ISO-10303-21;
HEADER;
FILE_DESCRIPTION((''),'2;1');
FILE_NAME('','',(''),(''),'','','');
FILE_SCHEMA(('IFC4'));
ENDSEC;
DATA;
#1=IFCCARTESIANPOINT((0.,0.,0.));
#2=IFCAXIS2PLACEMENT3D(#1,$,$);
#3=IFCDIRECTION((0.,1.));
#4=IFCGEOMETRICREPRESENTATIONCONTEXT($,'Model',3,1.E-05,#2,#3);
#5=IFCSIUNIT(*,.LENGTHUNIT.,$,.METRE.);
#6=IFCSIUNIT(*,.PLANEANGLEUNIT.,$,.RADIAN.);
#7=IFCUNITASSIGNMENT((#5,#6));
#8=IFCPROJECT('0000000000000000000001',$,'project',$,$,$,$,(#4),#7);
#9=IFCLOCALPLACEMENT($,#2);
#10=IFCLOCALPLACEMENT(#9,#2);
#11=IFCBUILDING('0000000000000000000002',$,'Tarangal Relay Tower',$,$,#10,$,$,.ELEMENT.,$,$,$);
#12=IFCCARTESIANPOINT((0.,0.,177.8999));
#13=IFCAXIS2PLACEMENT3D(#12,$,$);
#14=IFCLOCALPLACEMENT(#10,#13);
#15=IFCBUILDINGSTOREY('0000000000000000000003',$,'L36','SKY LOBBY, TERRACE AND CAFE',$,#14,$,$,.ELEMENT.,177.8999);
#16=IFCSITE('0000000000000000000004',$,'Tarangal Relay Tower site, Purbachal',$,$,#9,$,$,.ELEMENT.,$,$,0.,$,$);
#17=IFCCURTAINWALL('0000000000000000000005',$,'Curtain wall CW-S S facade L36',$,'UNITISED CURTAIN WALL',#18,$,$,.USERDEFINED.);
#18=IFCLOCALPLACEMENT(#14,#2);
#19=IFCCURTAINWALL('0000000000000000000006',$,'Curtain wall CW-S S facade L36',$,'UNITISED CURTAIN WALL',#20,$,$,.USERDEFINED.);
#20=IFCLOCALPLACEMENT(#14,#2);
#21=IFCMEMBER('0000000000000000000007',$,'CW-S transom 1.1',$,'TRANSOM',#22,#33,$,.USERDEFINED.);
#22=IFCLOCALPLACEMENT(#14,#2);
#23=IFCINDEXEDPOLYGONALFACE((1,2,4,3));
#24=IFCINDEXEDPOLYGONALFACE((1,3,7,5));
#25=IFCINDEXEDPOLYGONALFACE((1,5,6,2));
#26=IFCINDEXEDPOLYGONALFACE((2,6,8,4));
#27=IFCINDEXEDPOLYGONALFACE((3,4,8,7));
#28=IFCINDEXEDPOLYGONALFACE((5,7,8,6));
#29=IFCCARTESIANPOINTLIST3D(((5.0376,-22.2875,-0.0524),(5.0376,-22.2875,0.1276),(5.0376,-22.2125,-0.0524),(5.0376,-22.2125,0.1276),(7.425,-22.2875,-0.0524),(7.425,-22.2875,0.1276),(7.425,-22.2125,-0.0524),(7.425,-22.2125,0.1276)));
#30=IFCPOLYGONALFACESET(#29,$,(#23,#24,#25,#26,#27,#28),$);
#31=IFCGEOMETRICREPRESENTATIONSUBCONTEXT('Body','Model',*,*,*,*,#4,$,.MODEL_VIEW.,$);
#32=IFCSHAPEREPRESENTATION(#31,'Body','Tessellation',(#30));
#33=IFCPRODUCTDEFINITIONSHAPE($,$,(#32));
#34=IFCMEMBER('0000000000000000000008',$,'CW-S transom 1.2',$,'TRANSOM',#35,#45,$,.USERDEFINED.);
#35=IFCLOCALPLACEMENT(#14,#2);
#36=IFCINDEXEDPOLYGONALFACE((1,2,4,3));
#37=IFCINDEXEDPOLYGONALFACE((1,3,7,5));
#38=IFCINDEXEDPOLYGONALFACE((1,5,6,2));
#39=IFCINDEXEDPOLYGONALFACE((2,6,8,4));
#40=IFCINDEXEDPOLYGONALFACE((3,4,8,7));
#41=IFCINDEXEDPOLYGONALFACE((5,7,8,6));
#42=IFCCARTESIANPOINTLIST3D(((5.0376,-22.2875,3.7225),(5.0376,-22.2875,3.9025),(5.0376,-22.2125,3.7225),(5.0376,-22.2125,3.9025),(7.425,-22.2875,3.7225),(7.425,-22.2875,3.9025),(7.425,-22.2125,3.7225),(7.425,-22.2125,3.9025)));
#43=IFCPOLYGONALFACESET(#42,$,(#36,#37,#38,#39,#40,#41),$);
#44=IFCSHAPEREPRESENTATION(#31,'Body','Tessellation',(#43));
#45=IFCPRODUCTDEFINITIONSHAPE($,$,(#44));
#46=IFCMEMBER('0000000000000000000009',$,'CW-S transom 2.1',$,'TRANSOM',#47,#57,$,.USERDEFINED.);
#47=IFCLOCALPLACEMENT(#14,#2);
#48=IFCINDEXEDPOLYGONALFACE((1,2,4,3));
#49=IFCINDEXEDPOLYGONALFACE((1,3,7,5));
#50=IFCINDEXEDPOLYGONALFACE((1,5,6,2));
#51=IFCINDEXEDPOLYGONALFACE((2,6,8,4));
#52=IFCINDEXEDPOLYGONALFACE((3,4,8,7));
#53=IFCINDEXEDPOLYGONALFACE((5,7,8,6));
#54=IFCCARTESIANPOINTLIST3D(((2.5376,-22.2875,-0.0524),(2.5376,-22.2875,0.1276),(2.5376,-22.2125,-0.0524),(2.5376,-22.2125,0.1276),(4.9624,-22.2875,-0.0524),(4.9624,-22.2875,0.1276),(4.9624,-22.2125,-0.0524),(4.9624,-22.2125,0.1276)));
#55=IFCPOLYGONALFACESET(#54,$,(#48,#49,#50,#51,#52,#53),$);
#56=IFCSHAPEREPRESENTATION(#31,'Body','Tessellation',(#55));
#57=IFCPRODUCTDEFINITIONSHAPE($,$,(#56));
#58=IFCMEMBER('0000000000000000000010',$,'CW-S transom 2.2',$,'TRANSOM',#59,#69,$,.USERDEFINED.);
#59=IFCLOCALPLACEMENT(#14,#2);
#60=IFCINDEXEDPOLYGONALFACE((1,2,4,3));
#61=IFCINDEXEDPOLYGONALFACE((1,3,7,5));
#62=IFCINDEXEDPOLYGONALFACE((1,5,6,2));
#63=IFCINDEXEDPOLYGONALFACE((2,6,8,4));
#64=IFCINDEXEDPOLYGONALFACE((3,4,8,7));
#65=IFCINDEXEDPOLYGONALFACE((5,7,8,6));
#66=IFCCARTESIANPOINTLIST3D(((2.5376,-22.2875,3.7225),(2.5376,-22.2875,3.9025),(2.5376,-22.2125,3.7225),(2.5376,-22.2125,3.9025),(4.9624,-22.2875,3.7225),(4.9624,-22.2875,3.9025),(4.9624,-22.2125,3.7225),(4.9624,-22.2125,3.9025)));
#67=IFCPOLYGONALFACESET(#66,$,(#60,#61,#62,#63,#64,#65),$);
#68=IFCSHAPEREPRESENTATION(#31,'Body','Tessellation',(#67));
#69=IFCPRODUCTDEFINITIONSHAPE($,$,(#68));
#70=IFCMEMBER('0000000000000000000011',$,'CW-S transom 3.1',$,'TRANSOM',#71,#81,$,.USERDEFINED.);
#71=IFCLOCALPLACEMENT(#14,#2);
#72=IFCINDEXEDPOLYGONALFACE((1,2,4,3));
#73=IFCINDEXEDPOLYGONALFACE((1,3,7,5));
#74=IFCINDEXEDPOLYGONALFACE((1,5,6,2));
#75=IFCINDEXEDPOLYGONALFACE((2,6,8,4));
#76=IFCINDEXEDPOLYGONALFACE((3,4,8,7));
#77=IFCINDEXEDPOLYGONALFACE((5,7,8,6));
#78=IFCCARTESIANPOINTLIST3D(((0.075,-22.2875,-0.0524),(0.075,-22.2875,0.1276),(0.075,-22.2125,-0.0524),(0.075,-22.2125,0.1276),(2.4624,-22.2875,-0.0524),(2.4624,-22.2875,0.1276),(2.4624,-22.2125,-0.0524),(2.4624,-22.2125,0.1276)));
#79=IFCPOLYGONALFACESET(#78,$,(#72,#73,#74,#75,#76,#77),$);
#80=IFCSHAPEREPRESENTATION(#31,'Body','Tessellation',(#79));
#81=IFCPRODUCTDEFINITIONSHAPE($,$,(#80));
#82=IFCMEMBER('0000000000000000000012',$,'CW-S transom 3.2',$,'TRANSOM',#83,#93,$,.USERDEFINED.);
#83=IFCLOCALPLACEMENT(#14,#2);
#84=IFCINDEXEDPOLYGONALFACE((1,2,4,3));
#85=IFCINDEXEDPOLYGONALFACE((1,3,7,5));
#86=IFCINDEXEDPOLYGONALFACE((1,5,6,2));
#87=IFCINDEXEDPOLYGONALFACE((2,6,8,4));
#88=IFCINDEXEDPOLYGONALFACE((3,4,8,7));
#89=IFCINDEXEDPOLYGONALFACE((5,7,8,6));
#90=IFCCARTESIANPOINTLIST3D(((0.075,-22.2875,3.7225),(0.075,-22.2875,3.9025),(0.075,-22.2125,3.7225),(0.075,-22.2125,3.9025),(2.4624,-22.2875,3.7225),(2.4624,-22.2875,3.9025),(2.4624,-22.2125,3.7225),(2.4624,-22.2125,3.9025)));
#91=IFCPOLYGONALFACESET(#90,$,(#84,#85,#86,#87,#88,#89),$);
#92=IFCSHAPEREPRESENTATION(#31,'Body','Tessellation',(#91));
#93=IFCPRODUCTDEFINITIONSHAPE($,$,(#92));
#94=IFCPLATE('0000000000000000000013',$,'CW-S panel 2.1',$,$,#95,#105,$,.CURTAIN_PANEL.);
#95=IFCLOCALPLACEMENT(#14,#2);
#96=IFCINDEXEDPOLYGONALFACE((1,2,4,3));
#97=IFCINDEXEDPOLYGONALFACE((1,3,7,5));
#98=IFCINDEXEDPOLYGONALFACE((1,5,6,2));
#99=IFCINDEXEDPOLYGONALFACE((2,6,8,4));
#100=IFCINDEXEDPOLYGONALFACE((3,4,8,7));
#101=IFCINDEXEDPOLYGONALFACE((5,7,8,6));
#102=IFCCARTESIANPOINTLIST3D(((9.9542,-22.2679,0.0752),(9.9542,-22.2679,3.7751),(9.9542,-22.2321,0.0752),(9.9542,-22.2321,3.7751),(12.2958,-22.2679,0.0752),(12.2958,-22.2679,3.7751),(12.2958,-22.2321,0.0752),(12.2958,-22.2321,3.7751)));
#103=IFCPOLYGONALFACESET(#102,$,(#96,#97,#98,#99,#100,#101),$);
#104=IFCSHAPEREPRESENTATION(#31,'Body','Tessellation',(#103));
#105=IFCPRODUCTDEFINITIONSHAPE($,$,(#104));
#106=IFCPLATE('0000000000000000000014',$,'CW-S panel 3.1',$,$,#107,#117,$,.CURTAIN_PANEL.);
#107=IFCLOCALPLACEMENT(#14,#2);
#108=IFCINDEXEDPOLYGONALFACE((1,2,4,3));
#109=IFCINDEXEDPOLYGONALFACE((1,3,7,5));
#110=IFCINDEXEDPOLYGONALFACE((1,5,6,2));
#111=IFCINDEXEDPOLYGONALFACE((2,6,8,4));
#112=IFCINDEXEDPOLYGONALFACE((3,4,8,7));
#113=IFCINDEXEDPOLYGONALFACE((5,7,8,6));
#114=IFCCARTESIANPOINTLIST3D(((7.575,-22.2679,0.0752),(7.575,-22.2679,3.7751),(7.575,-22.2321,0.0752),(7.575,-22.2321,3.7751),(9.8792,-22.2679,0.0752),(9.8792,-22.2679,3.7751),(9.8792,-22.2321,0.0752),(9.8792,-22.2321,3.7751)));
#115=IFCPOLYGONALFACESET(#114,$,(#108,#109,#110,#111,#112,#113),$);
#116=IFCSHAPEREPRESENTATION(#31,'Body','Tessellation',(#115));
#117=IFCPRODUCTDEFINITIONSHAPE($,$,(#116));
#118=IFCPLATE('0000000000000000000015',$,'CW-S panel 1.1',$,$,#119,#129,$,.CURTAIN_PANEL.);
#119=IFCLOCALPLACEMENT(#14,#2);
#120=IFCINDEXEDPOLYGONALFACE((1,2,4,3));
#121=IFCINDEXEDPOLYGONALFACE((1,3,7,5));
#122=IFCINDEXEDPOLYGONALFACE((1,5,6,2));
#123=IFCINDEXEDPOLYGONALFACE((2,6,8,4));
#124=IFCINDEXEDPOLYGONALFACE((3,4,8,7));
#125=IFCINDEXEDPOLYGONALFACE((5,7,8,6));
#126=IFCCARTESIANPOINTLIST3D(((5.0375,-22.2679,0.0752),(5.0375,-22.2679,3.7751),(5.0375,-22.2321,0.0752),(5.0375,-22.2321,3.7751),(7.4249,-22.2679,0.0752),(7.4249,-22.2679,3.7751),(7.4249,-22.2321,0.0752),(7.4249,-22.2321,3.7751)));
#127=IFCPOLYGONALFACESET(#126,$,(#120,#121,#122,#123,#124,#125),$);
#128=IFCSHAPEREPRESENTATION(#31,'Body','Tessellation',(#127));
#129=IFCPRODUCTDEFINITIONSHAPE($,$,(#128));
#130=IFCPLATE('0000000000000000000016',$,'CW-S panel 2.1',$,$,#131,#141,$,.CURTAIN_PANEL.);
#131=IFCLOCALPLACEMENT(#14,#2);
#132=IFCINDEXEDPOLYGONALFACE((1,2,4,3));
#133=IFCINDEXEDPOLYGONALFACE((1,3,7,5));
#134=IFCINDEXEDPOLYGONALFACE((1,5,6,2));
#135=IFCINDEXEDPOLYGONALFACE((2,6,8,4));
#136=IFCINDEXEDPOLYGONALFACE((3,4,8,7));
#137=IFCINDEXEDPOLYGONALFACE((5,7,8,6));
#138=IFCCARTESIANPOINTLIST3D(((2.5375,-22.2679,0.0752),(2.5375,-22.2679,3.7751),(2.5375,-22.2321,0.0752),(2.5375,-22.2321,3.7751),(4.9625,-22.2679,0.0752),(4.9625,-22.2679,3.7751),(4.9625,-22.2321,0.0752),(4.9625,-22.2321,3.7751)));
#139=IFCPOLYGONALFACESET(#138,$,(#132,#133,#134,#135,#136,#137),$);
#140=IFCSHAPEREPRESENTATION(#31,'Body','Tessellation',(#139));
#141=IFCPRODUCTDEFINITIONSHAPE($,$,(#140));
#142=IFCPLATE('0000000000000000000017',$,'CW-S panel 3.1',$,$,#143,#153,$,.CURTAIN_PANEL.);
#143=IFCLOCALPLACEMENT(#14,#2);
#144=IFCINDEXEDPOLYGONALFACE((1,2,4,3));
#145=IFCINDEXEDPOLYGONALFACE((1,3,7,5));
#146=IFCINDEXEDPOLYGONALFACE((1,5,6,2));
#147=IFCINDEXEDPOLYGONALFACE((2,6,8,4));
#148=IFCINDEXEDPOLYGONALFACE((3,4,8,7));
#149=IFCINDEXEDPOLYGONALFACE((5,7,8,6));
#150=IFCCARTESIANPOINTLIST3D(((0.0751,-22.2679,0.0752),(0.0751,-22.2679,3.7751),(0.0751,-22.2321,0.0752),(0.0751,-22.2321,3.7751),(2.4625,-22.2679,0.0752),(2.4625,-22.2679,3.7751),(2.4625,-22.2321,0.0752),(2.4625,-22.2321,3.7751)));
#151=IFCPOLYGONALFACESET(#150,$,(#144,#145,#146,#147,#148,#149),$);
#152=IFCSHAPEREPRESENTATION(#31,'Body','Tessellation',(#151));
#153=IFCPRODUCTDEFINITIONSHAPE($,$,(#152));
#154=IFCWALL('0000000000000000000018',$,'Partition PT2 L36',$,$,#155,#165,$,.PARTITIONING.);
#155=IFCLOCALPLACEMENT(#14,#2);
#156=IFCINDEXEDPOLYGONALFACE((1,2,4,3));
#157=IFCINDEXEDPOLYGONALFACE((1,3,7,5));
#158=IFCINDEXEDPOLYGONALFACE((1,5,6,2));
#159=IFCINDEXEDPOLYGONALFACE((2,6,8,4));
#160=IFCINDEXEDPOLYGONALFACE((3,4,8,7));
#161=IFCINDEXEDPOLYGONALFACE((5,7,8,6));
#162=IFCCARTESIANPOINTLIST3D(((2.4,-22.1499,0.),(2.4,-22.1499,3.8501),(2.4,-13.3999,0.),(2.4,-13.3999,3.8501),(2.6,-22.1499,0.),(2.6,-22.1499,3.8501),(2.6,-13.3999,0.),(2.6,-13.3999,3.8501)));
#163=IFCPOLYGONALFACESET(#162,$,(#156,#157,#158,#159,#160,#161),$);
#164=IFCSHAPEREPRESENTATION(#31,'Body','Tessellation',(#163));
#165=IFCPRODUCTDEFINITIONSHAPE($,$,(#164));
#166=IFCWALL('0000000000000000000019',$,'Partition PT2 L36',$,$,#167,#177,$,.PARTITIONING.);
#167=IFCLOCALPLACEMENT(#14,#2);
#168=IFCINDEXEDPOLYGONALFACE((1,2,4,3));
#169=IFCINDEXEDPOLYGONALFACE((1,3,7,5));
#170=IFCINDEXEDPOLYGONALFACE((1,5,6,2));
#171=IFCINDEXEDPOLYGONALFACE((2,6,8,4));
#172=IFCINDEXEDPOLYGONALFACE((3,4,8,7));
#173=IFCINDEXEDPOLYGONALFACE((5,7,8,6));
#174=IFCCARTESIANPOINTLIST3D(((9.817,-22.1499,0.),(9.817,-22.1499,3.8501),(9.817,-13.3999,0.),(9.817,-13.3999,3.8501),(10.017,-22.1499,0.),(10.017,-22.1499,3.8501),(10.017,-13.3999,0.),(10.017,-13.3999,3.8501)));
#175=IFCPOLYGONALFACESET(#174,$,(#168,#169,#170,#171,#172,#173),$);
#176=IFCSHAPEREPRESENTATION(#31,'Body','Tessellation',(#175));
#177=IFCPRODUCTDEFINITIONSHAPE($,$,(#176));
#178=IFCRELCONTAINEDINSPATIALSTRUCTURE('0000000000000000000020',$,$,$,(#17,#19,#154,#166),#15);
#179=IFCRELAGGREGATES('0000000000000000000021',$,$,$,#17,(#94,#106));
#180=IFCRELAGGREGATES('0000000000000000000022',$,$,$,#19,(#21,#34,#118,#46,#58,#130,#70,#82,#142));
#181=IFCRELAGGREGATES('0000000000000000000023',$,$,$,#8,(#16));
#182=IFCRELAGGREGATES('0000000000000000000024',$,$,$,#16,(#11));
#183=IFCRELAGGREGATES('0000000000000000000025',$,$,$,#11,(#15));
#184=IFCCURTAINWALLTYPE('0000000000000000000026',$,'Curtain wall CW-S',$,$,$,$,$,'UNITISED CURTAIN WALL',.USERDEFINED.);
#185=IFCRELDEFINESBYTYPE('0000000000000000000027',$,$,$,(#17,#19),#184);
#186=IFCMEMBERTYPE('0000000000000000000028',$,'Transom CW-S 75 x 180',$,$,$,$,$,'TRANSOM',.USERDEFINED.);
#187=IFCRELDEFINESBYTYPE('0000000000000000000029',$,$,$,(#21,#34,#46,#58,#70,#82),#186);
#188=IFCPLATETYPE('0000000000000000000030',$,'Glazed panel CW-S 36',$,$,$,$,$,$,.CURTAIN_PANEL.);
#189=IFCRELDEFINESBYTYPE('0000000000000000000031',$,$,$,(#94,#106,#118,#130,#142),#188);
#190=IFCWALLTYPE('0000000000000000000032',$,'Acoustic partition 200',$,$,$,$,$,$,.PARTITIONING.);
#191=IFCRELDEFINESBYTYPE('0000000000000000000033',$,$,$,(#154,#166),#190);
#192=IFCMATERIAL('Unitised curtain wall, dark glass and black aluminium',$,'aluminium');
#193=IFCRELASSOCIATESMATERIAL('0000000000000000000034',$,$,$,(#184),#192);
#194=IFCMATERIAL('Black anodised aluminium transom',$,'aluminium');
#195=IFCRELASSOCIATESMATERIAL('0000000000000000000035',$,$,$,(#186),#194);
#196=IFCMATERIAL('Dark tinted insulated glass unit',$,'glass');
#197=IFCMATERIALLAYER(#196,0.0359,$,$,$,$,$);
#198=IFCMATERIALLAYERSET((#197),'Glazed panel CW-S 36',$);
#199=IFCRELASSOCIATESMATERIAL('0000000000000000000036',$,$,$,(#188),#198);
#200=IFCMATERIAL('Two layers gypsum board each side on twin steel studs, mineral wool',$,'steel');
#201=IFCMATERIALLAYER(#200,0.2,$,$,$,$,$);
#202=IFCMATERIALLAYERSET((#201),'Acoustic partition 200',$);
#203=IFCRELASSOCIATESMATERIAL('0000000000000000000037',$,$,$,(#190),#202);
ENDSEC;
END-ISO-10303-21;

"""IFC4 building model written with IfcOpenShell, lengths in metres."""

from ifc_helpers import new_model, si_unit, direction, frame, frame_2d, origin, origin_2d, place, context, subcontext, project, spatial, rectangle, extrude, material, layer, layer_set, material_profile, profile_set, type_object, element, aggregate, save


model = new_model("IFC4")

# Units and contexts
model_context = context("Model", 3, precision=1e-05, world=origin(), true_north=direction((0.0, 1.0)))
body_context = subcontext(model_context, "Body", "Model", "MODEL_VIEW")
ifc_project = project(units=[si_unit("LENGTHUNIT", "METRE"), si_unit("PLANEANGLEUNIT", "RADIAN")], contexts=[model_context])

# Site, building, storey
site_placement = place(None, origin())
site = spatial("IfcSite", under=ifc_project, at=site_placement, Name="Tarangal Relay Tower site, Purbachal", CompositionType="ELEMENT", RefElevation=0.0)
building_placement = place(site_placement, origin())
building = spatial("IfcBuilding", under=site, at=building_placement, Name="Tarangal Relay Tower", CompositionType="ELEMENT")
storey_placement = place(building_placement, frame((0.0, 0.0, 177.8999)))
storey = spatial("IfcBuildingStorey", under=building, at=storey_placement, Name="L36", Description="SKY LOBBY, TERRACE AND CAFE", CompositionType="ELEMENT", Elevation=177.8999)

# Curtain walls
ifc_material_1 = material(Name="Unitised curtain wall, dark glass and black aluminium", Category="aluminium")
curtain_wall_type = type_object("IfcCurtainWallType", Name="Curtain wall CW-S", ElementType="UNITISED CURTAIN WALL", PredefinedType="USERDEFINED", material=ifc_material_1)
curtain_wall_1_placement = place(storey_placement, origin())
curtain_wall_1 = element("IfcCurtainWall", 1, at=curtain_wall_1_placement, inside=storey, type_object=curtain_wall_type, Name="Curtain wall CW-S S facade L36", ObjectType="UNITISED CURTAIN WALL", PredefinedType="USERDEFINED")
curtain_wall_2_placement = place(storey_placement, origin())
curtain_wall_2 = element("IfcCurtainWall", 2, at=curtain_wall_2_placement, inside=storey, type_object=curtain_wall_type, Name="Curtain wall CW-S S facade L36", ObjectType="UNITISED CURTAIN WALL", PredefinedType="USERDEFINED")

# Members
ifc_material_2 = material(Name="Black anodised aluminium transom", Category="aluminium")
ifc_material_profile_1 = material_profile(ifc_material_2, rectangle(XDim=0.075, YDim=0.1799, at=origin_2d()), Name="CW-ST 75X180")
ifc_profile_set_1 = profile_set([ifc_material_profile_1], Name="Black anodised aluminium transom")
member_type_1 = type_object("IfcMemberType", Name="Transom CW-S 75 x 180", ElementType="TRANSOM", PredefinedType="USERDEFINED", material=ifc_profile_set_1)
member_1_placement = place(storey_placement, frame((7.425, -22.25, 0.0376), z_axis=(-1.0, 0.0, 0.0), x_axis=(0.0, -1.0, 0.0)))
member_1 = element("IfcMember", 3, at=member_1_placement, type_object=member_type_1, Name="CW-S transom 1.1", ObjectType="TRANSOM", PredefinedType="USERDEFINED", context=body_context, shape_type="SweptSolid", body=[
    extrude(rectangle(XDim=0.075, YDim=0.1799, at=origin_2d()), origin(), (0.0, 0.0, 1.0), 2.3875),
])
member_2_placement = place(storey_placement, frame((7.425, -22.25, 3.8125), z_axis=(-1.0, 0.0, 0.0), x_axis=(0.0, -1.0, 0.0)))
member_2 = element("IfcMember", 4, at=member_2_placement, type_object=member_type_1, Name="CW-S transom 1.2", ObjectType="TRANSOM", PredefinedType="USERDEFINED", context=body_context, shape_type="SweptSolid", body=[
    extrude(rectangle(XDim=0.075, YDim=0.1799, at=origin_2d()), origin(), (0.0, 0.0, 1.0), 2.3875),
])
member_3_placement = place(storey_placement, frame((4.9624, -22.25, 0.0376), z_axis=(-1.0, 0.0, 0.0), x_axis=(0.0, -1.0, 0.0)))
member_3 = element("IfcMember", 5, at=member_3_placement, type_object=member_type_1, Name="CW-S transom 2.1", ObjectType="TRANSOM", PredefinedType="USERDEFINED", context=body_context, shape_type="SweptSolid", body=[
    extrude(rectangle(XDim=0.075, YDim=0.1799, at=origin_2d()), origin(), (0.0, 0.0, 1.0), 2.4248),
])
member_4_placement = place(storey_placement, frame((4.9624, -22.25, 3.8125), z_axis=(-1.0, 0.0, 0.0), x_axis=(0.0, -1.0, 0.0)))
member_4 = element("IfcMember", 6, at=member_4_placement, type_object=member_type_1, Name="CW-S transom 2.2", ObjectType="TRANSOM", PredefinedType="USERDEFINED", context=body_context, shape_type="SweptSolid", body=[
    extrude(rectangle(XDim=0.075, YDim=0.1799, at=origin_2d()), origin(), (0.0, 0.0, 1.0), 2.4248),
])
member_5_placement = place(storey_placement, frame((2.4624, -22.25, 0.0376), z_axis=(-1.0, 0.0, 0.0), x_axis=(0.0, -1.0, 0.0)))
member_5 = element("IfcMember", 7, at=member_5_placement, type_object=member_type_1, Name="CW-S transom 3.1", ObjectType="TRANSOM", PredefinedType="USERDEFINED", context=body_context, shape_type="SweptSolid", body=[
    extrude(rectangle(XDim=0.075, YDim=0.1799, at=origin_2d()), origin(), (0.0, 0.0, 1.0), 2.3875),
])
member_6_placement = place(storey_placement, frame((2.4624, -22.25, 3.8125), z_axis=(-1.0, 0.0, 0.0), x_axis=(0.0, -1.0, 0.0)))
member_6 = element("IfcMember", 8, at=member_6_placement, type_object=member_type_1, Name="CW-S transom 3.2", ObjectType="TRANSOM", PredefinedType="USERDEFINED", context=body_context, shape_type="SweptSolid", body=[
    extrude(rectangle(XDim=0.075, YDim=0.1799, at=origin_2d()), origin(), (0.0, 0.0, 1.0), 2.3875),
])

# Plates
ifc_material_3 = material(Name="Dark tinted insulated glass unit", Category="glass")
ifc_layer_1 = layer(ifc_material_3, 0.0359)
ifc_layer_set_1 = layer_set([ifc_layer_1], Name="Glazed panel CW-S 36")
plate_type = type_object("IfcPlateType", Name="Glazed panel CW-S 36", PredefinedType="CURTAIN_PANEL", material=ifc_layer_set_1)
plate_1_placement = place(storey_placement, frame((11.125, -22.25, 0.0752), z_axis=(0.0, 0.0, 1.0), x_axis=(-1.0, 0.0, 0.0)))
plate_1 = element("IfcPlate", 9, at=plate_1_placement, type_object=plate_type, Name="CW-S panel 2.1", PredefinedType="CURTAIN_PANEL", context=body_context, shape_type="SweptSolid", body=[
    extrude(rectangle(XDim=2.3416, YDim=0.0359, at=origin_2d()), origin(), (0.0, 0.0, 1.0), 3.7),
])
plate_2_placement = place(storey_placement, frame((8.7271, -22.25, 0.0752), z_axis=(0.0, 0.0, 1.0), x_axis=(-1.0, 0.0, 0.0)))
plate_2 = element("IfcPlate", 10, at=plate_2_placement, type_object=plate_type, Name="CW-S panel 3.1", PredefinedType="CURTAIN_PANEL", context=body_context, shape_type="SweptSolid", body=[
    extrude(rectangle(XDim=2.3042, YDim=0.0359, at=origin_2d()), origin(), (0.0, 0.0, 1.0), 3.7),
])
aggregate(curtain_wall_1, [plate_1, plate_2])
plate_3_placement = place(storey_placement, frame((6.2312, -22.25, 0.0752), z_axis=(0.0, 0.0, 1.0), x_axis=(-1.0, 0.0, 0.0)))
plate_3 = element("IfcPlate", 11, at=plate_3_placement, type_object=plate_type, Name="CW-S panel 1.1", PredefinedType="CURTAIN_PANEL", context=body_context, shape_type="SweptSolid", body=[
    extrude(rectangle(XDim=2.3875, YDim=0.0359, at=origin_2d()), origin(), (0.0, 0.0, 1.0), 3.7),
])
plate_4_placement = place(storey_placement, frame((3.75, -22.25, 0.0752), z_axis=(0.0, 0.0, 1.0), x_axis=(-1.0, 0.0, 0.0)))
plate_4 = element("IfcPlate", 12, at=plate_4_placement, type_object=plate_type, Name="CW-S panel 2.1", PredefinedType="CURTAIN_PANEL", context=body_context, shape_type="SweptSolid", body=[
    extrude(rectangle(XDim=2.425, YDim=0.0359, at=origin_2d()), origin(), (0.0, 0.0, 1.0), 3.7),
])
plate_5_placement = place(storey_placement, frame((1.2688, -22.25, 0.0752), z_axis=(0.0, 0.0, 1.0), x_axis=(-1.0, 0.0, 0.0)))
plate_5 = element("IfcPlate", 13, at=plate_5_placement, type_object=plate_type, Name="CW-S panel 3.1", PredefinedType="CURTAIN_PANEL", context=body_context, shape_type="SweptSolid", body=[
    extrude(rectangle(XDim=2.3875, YDim=0.0359, at=origin_2d()), origin(), (0.0, 0.0, 1.0), 3.7),
])
aggregate(curtain_wall_2, [member_1, member_2, plate_3, member_3, member_4, plate_4, member_5, member_6, plate_5])

# Walls
ifc_material_4 = material(Name="Two layers gypsum board each side on twin steel studs, mineral wool", Category="steel")
ifc_layer_2 = layer(ifc_material_4, 0.2)
ifc_layer_set_2 = layer_set([ifc_layer_2], Name="Acoustic partition 200")
wall_type_1 = type_object("IfcWallType", Name="Acoustic partition 200", PredefinedType="PARTITIONING", material=ifc_layer_set_2)
for number, where, z_axis, x_axis, name in (
    (14, (2.5, -22.1499, 0.0), (0.0, 0.0, 1.0), (0.0, 1.0, 0.0), "Partition PT2 L36"),
    (15, (9.917, -22.1499, 0.0), (0.0, 0.0, 1.0), (0.0, 1.0, 0.0), "Partition PT2 L36"),
):
    element("IfcWall", number, at=place(storey_placement, frame(where, z_axis=z_axis, x_axis=x_axis)), inside=storey, type_object=wall_type_1, Name=name, PredefinedType="PARTITIONING", context=body_context, shape_type="SweptSolid", body=[
        extrude(rectangle(XDim=8.75, YDim=0.2, at=frame_2d((4.375, 0.0))), origin(), (0.0, 0.0, 1.0), 3.8501),
    ])

save(model, "model.ifc")
